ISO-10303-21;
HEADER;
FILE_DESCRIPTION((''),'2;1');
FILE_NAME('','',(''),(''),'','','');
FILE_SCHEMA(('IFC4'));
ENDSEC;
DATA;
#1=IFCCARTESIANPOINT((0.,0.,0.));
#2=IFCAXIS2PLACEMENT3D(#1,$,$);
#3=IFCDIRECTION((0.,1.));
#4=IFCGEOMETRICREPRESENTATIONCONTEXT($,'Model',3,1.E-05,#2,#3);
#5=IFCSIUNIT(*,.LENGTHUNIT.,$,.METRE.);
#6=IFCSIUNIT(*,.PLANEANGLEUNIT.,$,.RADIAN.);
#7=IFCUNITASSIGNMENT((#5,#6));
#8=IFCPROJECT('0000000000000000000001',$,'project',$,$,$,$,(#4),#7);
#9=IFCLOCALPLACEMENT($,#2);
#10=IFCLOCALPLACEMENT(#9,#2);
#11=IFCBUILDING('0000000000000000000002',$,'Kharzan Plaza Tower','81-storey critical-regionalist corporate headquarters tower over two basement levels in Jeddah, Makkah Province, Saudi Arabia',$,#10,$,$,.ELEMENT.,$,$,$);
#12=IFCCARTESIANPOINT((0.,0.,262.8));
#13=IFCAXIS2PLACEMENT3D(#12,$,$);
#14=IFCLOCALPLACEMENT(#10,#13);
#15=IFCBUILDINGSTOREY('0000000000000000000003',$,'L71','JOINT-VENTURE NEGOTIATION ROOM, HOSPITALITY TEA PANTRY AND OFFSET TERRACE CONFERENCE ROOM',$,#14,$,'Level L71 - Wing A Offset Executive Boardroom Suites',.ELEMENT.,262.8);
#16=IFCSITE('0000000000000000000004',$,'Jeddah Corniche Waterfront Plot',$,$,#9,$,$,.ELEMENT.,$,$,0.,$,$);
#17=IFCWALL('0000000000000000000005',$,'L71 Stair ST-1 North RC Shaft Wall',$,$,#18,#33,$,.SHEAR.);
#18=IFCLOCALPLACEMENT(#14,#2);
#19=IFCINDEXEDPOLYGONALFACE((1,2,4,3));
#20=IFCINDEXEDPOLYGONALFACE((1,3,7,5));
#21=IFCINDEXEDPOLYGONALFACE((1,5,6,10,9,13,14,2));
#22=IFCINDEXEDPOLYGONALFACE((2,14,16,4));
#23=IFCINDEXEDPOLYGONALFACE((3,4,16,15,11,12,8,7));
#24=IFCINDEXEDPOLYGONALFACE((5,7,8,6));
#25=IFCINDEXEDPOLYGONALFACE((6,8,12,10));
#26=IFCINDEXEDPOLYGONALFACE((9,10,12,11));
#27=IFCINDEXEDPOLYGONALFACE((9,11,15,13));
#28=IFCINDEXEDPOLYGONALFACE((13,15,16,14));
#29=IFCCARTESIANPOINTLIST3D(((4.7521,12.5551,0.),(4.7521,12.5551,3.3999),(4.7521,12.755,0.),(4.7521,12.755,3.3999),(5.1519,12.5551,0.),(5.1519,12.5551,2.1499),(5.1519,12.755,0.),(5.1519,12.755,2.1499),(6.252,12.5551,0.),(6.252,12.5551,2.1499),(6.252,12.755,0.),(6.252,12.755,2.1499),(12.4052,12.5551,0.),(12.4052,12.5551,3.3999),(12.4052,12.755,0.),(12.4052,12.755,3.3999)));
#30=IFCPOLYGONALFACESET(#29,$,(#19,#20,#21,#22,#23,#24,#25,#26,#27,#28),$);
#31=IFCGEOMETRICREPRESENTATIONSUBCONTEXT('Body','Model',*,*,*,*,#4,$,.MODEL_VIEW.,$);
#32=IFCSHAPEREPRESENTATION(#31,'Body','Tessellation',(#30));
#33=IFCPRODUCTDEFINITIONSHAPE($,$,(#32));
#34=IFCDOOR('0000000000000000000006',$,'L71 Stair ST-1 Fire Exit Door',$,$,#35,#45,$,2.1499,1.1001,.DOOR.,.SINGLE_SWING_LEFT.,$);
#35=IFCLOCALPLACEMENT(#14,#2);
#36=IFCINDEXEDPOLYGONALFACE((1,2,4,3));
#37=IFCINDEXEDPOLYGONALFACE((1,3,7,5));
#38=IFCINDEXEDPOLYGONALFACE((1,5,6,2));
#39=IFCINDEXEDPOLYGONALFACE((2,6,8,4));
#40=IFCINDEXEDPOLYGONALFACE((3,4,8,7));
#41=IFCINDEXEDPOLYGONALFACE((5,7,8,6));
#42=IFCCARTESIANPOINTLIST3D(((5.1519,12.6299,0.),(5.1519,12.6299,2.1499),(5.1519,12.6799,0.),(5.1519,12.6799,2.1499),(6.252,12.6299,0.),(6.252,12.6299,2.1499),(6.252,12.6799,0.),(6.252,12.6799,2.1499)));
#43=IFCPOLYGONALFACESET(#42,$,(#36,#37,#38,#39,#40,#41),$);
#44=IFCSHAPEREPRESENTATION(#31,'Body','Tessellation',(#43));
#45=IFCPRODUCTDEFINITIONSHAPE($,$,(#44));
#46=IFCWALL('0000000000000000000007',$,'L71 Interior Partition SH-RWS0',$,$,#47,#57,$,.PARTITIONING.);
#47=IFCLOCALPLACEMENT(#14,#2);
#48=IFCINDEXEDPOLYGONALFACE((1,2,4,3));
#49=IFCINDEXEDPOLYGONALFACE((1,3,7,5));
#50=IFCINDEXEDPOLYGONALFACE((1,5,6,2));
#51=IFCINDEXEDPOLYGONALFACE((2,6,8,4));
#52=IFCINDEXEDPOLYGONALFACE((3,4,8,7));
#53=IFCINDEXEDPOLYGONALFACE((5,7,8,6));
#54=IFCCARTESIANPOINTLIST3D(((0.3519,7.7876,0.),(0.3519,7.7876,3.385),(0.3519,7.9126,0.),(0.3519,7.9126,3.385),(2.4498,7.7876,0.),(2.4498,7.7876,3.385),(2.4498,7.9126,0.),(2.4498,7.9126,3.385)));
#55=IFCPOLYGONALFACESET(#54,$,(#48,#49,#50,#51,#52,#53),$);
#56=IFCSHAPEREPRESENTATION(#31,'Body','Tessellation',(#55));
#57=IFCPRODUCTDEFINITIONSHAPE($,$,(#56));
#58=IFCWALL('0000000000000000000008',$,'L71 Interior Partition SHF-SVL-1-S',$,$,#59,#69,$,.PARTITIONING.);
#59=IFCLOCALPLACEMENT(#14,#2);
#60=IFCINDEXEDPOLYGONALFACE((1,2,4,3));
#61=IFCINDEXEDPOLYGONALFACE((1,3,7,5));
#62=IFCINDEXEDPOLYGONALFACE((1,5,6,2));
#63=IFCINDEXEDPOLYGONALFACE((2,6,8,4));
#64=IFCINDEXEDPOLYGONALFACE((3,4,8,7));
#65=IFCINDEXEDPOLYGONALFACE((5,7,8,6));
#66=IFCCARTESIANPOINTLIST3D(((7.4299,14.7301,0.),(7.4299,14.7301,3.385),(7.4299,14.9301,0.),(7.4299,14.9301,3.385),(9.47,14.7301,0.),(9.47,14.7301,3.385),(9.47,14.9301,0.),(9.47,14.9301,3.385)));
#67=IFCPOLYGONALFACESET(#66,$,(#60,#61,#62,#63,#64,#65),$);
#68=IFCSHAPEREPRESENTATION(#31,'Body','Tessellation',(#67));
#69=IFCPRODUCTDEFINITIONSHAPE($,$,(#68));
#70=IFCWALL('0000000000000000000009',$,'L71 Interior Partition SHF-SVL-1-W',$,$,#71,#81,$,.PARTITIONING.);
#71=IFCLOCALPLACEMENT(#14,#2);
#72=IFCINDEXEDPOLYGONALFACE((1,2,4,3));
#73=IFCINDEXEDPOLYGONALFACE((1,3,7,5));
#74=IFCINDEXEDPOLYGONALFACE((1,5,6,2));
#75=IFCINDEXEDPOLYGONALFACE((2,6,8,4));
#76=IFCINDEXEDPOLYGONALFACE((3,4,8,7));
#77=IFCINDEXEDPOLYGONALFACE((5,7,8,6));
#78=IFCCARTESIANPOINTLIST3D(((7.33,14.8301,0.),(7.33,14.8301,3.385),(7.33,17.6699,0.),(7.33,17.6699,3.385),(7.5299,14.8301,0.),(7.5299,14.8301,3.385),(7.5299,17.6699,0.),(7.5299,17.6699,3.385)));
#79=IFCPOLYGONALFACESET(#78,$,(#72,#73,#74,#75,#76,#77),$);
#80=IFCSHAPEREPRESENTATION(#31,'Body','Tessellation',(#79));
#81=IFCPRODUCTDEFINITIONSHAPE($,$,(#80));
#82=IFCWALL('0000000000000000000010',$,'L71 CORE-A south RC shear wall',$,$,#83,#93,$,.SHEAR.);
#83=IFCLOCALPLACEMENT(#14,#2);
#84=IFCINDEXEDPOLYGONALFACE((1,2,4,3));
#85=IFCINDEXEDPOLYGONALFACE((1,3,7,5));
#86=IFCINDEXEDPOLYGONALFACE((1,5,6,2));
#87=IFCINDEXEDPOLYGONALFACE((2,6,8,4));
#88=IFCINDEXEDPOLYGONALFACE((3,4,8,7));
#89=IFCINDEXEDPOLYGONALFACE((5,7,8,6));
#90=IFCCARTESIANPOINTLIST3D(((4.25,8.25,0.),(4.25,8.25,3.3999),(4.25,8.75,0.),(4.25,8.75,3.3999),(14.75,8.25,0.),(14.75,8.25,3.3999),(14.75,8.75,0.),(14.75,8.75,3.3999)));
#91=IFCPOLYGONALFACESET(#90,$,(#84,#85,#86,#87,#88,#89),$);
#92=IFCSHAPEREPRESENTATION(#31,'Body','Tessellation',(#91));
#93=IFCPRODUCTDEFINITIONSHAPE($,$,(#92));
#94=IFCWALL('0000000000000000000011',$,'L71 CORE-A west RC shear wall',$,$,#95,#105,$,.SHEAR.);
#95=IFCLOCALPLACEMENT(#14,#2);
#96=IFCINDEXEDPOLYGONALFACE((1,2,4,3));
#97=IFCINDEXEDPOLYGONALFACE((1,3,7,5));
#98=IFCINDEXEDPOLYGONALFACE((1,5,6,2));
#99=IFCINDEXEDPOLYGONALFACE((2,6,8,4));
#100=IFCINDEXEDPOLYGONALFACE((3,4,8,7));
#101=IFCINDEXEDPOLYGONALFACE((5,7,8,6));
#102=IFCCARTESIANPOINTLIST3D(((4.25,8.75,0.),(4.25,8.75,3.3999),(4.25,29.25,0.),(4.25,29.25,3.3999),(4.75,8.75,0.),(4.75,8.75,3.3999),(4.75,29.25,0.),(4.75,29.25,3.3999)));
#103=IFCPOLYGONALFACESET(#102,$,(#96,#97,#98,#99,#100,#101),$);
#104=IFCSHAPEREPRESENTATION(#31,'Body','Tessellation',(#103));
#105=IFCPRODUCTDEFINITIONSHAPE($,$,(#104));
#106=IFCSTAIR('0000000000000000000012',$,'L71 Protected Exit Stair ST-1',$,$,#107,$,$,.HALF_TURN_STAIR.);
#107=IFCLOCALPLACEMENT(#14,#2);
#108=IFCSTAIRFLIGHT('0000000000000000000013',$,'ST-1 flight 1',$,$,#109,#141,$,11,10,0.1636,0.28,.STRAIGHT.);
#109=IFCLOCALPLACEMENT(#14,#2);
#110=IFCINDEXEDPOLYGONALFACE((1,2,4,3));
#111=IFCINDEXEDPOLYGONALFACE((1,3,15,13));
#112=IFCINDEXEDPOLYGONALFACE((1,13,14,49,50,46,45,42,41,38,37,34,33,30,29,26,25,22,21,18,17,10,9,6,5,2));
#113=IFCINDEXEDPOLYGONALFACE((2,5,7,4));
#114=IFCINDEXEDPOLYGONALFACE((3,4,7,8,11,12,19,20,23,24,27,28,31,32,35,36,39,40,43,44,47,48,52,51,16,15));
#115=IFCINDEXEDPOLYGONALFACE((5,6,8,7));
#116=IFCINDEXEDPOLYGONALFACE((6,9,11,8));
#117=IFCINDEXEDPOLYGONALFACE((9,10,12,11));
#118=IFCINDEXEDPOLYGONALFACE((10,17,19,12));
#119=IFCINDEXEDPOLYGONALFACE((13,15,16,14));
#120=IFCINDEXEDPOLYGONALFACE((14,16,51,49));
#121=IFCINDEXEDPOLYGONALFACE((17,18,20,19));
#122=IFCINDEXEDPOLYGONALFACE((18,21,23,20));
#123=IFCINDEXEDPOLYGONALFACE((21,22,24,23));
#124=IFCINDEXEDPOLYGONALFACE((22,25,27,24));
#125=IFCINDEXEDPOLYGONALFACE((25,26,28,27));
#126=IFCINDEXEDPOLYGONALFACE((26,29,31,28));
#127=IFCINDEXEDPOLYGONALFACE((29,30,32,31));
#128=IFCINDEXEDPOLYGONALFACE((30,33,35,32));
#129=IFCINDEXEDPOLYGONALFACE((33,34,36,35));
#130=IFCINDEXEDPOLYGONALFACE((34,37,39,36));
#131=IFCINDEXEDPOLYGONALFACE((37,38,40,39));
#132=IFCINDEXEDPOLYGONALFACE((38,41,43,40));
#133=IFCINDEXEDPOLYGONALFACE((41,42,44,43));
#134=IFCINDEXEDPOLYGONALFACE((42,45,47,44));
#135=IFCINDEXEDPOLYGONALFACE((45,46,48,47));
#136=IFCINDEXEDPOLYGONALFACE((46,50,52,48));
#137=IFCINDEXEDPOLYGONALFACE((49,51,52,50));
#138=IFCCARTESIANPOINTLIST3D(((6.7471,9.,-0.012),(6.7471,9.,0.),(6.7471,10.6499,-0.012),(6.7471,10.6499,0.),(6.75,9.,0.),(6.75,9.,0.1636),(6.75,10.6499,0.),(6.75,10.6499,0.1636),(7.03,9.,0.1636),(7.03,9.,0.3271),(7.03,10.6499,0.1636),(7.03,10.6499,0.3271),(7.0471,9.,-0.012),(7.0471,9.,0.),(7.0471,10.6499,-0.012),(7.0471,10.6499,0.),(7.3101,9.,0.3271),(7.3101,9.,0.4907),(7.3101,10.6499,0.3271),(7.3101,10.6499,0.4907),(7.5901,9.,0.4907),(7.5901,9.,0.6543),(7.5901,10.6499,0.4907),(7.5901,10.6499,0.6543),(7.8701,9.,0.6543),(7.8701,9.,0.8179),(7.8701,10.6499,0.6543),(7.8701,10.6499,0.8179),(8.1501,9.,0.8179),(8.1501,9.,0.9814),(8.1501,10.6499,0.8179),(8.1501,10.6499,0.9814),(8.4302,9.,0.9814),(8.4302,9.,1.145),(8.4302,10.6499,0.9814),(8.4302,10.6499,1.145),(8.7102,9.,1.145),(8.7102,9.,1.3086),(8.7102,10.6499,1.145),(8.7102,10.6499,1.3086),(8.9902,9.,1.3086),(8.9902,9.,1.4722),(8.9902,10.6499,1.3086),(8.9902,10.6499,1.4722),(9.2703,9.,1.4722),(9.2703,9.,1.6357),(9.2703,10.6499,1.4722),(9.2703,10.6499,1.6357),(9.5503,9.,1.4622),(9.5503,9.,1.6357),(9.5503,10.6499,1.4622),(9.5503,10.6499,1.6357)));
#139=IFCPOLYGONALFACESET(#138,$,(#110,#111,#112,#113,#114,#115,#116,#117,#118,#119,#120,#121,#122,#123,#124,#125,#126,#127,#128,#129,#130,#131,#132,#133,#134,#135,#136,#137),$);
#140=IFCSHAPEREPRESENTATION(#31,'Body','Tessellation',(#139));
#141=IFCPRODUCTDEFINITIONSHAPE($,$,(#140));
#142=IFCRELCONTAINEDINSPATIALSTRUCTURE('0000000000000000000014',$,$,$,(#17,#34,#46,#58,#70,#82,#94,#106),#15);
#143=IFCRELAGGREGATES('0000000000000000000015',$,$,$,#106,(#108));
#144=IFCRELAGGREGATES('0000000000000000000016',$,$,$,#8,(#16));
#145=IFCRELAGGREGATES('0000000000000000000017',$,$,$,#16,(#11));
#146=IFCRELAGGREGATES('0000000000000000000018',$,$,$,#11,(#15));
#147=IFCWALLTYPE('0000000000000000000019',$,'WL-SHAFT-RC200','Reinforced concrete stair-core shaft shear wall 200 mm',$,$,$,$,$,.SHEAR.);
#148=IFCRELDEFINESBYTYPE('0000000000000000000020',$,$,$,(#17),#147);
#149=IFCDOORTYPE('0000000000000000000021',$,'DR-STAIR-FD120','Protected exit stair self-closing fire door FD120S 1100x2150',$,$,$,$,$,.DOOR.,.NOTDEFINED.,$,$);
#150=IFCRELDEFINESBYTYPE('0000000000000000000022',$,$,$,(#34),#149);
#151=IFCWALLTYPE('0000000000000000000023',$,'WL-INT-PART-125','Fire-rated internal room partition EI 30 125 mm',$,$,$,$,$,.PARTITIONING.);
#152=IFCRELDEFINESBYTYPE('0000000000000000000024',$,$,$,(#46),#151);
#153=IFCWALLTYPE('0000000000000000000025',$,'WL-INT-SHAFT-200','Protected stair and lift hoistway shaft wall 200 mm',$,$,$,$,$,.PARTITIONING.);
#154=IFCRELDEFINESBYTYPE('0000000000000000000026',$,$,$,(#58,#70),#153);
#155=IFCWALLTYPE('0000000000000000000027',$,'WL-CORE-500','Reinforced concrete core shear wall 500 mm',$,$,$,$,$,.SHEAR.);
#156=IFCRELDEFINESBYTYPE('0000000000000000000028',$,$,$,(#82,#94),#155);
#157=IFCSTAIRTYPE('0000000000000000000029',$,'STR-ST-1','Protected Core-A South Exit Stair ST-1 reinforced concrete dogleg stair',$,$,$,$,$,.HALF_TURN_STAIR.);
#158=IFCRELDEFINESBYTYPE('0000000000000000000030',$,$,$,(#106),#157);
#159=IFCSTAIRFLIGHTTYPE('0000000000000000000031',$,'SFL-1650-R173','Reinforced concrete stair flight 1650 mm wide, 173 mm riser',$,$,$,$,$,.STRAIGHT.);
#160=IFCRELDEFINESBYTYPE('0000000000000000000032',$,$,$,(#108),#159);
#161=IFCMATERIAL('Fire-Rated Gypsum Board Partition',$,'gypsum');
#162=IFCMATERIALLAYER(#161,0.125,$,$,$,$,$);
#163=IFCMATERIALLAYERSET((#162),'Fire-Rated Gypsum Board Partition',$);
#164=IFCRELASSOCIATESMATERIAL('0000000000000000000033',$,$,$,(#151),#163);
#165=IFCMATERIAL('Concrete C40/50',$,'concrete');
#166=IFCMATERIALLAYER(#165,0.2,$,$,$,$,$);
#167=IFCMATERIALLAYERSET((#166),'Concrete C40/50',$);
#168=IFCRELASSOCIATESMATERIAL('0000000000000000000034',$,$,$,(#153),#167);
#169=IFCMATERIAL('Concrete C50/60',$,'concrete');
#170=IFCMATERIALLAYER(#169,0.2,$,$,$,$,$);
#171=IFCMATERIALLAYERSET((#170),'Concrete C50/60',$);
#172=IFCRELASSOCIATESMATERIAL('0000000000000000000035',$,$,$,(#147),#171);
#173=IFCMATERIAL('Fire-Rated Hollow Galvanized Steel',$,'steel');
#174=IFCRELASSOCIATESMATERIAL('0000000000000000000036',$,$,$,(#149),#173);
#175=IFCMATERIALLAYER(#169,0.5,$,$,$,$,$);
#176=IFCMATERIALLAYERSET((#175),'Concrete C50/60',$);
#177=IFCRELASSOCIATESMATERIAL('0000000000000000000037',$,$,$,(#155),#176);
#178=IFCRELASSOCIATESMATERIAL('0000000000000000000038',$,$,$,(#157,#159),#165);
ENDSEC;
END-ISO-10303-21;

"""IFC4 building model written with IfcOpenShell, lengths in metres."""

from ifc_helpers import new_model, si_unit, direction, frame, frame_2d, origin, place, context, subcontext, project, spatial, polyline, rectangle, outline, extrude, source, transform, mapped, material, layer, layer_set, type_object, element, fill, aggregate, save


model = new_model("IFC4")

# Units and contexts
model_context = context("Model", 3, precision=1e-05, world=origin(), true_north=direction((0.0, 1.0)))
body_context = subcontext(model_context, "Body", "Model", "MODEL_VIEW")
ifc_project = project(units=[si_unit("LENGTHUNIT", "METRE"), si_unit("PLANEANGLEUNIT", "RADIAN")], contexts=[model_context])

# Site, building, storey
site_placement = place(None, origin())
site = spatial("IfcSite", under=ifc_project, at=site_placement, Name="Jeddah Corniche Waterfront Plot", CompositionType="ELEMENT", RefElevation=0.0)
building_placement = place(site_placement, origin())
building = spatial("IfcBuilding", under=site, at=building_placement, Name="Kharzan Plaza Tower", Description="81-storey critical-regionalist corporate headquarters tower over two basement levels in Jeddah, Makkah Province, Saudi Arabia", CompositionType="ELEMENT")
storey_placement = place(building_placement, frame((0.0, 0.0, 262.8)))
storey = spatial("IfcBuildingStorey", under=building, at=storey_placement, Name="L71", Description="JOINT-VENTURE NEGOTIATION ROOM, HOSPITALITY TEA PANTRY AND OFFSET TERRACE CONFERENCE ROOM", LongName="Level L71 - Wing A Offset Executive Boardroom Suites", CompositionType="ELEMENT", Elevation=262.8)

# Shared definitions
ifc_material_1 = material(Name="Concrete C50/60", Category="concrete")

# Shared definitions
ifc_material_2 = material(Name="Concrete C40/50", Category="concrete")

# Wall, opening, door
ifc_material_3 = material(Name="Fire-Rated Gypsum Board Partition", Category="gypsum")
ifc_layer_1 = layer(ifc_material_3, 0.125)
ifc_layer_set_1 = layer_set([ifc_layer_1], Name="Fire-Rated Gypsum Board Partition")
wall_type_1 = type_object("IfcWallType", Name="WL-INT-PART-125", Description="Fire-rated internal room partition EI 30 125 mm", PredefinedType="PARTITIONING", material=ifc_layer_set_1)
ifc_layer_2 = layer(ifc_material_2, 0.2)
ifc_layer_set_2 = layer_set([ifc_layer_2], Name="Concrete C40/50")
wall_type_2 = type_object("IfcWallType", Name="WL-INT-SHAFT-200", Description="Protected stair and lift hoistway shaft wall 200 mm", PredefinedType="PARTITIONING", material=ifc_layer_set_2)
ifc_layer_3 = layer(ifc_material_1, 0.2)
ifc_layer_set_3 = layer_set([ifc_layer_3], Name="Concrete C50/60")
wall_type_3 = type_object("IfcWallType", Name="WL-SHAFT-RC200", Description="Reinforced concrete stair-core shaft shear wall 200 mm", PredefinedType="SHEAR", material=ifc_layer_set_3)
wall_1_placement = place(storey_placement, frame((4.752, 12.655, 0.0), z_axis=(0.0, 0.0, 1.0), x_axis=(1.0, 0.0, 0.0)))
wall_1 = element("IfcWall", 1, at=wall_1_placement, inside=storey, type_object=wall_type_3, Name="L71 Stair ST-1 North RC Shaft Wall", PredefinedType="SHEAR", context=body_context, shape_type="SweptSolid", body=[
    extrude(rectangle(XDim=7.6531, YDim=0.2, at=frame_2d((3.8267, 0.0))), origin(), (0.0, 0.0, 1.0), 3.3999),
])
opening_1_placement = place(wall_1_placement, frame((0.3999, 0.0, 0.0)))
opening_1 = element("IfcOpeningElement", 2, at=opening_1_placement, cuts=wall_1, PredefinedType="OPENING", context=body_context, shape_type="SweptSolid", body=[
    extrude(rectangle(XDim=1.1001, YDim=2.1499, at=frame_2d((0.55, 1.075))), frame((0.0, 0.1099, 0.0), z_axis=(0.0, -1.0, 0.0), x_axis=(1.0, 0.0, 0.0)), (0.0, 0.0, 1.0), 0.22),
])
ifc_material_4 = material(Name="Fire-Rated Hollow Galvanized Steel", Category="steel")
door_type_1 = type_object("IfcDoorType", Name="DR-STAIR-FD120", Description="Protected exit stair self-closing fire door FD120S 1100x2150", OperationType="NOTDEFINED", PredefinedType="DOOR", material=ifc_material_4)
shared_shape_1 = source(origin(), body_context, "Body", "SweptSolid", [
    extrude(rectangle(XDim=1.1001, YDim=2.1499, at=frame_2d((0.55, 1.075))), frame((0.0, 0.0249, 0.0), z_axis=(0.0, -1.0, 0.0), x_axis=(1.0, 0.0, 0.0)), (0.0, 0.0, 1.0), 0.05),
])
door_1_placement = place(opening_1_placement, origin())
door_1 = element("IfcDoor", 3, at=door_1_placement, inside=storey, type_object=door_type_1, Name="L71 Stair ST-1 Fire Exit Door", OperationType="SINGLE_SWING_LEFT", OverallHeight=2.1499, OverallWidth=1.1001, PredefinedType="DOOR", context=body_context, shape_type="MappedRepresentation", body=[
    mapped(shared_shape_1, transform((0.0, 0.0, 0.0), x_axis=(1.0, 0.0, 0.0), y_axis=(0.0, 1.0, 0.0), z_axis=(0.0, 0.0, 1.0))),
])
fill(opening_1, door_1)

# Walls
shared_shape_2 = source(origin(), body_context, "Body", "SweptSolid", [
    extrude(rectangle(XDim=2.0979, YDim=0.125, at=frame_2d((1.0488, 0.0))), origin(), (0.0, 0.0, 1.0), 3.385),
])
wall_2_placement = place(storey_placement, frame((0.3521, 7.8501, 0.0), z_axis=(0.0, 0.0, 1.0), x_axis=(1.0, 0.0, 0.0)))
element("IfcWall", 4, at=wall_2_placement, inside=storey, type_object=wall_type_1, Name="L71 Interior Partition SH-RWS0", PredefinedType="PARTITIONING", context=body_context, shape_type="MappedRepresentation", body=[
    mapped(shared_shape_2, transform((0.0, 0.0, 0.0), x_axis=(1.0, 0.0, 0.0), y_axis=(0.0, 1.0, 0.0), z_axis=(0.0, 0.0, 1.0))),
])
shared_shape_3 = source(origin(), body_context, "Body", "SweptSolid", [
    extrude(rectangle(XDim=2.04, YDim=0.2, at=frame_2d((1.02, 0.0))), origin(), (0.0, 0.0, 1.0), 3.385),
])
wall_3_placement = place(storey_placement, frame((7.4299, 14.8301, 0.0), z_axis=(0.0, 0.0, 1.0), x_axis=(1.0, 0.0, 0.0)))
element("IfcWall", 5, at=wall_3_placement, inside=storey, type_object=wall_type_2, Name="L71 Interior Partition SHF-SVL-1-S", PredefinedType="PARTITIONING", context=body_context, shape_type="MappedRepresentation", body=[
    mapped(shared_shape_3, transform((0.0, 0.0, 0.0), x_axis=(1.0, 0.0, 0.0), y_axis=(0.0, 1.0, 0.0), z_axis=(0.0, 0.0, 1.0))),
])
shared_shape_4 = source(origin(), body_context, "Body", "SweptSolid", [
    extrude(rectangle(XDim=2.8398, YDim=0.2, at=frame_2d((1.4199, 0.0))), origin(), (0.0, 0.0, 1.0), 3.385),
])
wall_4_placement = place(storey_placement, frame((7.4299, 14.8301, 0.0), z_axis=(0.0, 0.0, 1.0), x_axis=(0.0, 1.0, 0.0)))
element("IfcWall", 6, at=wall_4_placement, inside=storey, type_object=wall_type_2, Name="L71 Interior Partition SHF-SVL-1-W", PredefinedType="PARTITIONING", context=body_context, shape_type="MappedRepresentation", body=[
    mapped(shared_shape_4, transform((0.0, 0.0, 0.0), x_axis=(1.0, 0.0, 0.0), y_axis=(0.0, 1.0, 0.0), z_axis=(0.0, 0.0, 1.0))),
])
ifc_layer_4 = layer(ifc_material_1, 0.5)
ifc_layer_set_4 = layer_set([ifc_layer_4], Name="Concrete C50/60")
wall_type_4 = type_object("IfcWallType", Name="WL-CORE-500", Description="Reinforced concrete core shear wall 500 mm", PredefinedType="SHEAR", material=ifc_layer_set_4)
shared_shape_5 = source(origin(), body_context, "Body", "SweptSolid", [
    extrude(rectangle(XDim=10.5, YDim=0.5, at=frame_2d((5.25, 0.0))), origin(), (0.0, 0.0, 1.0), 3.3999),
])
wall_5_placement = place(storey_placement, frame((4.25, 8.5, 0.0), z_axis=(0.0, 0.0, 1.0), x_axis=(1.0, 0.0, 0.0)))
element("IfcWall", 7, at=wall_5_placement, inside=storey, type_object=wall_type_4, Name="L71 CORE-A south RC shear wall", PredefinedType="SHEAR", context=body_context, shape_type="MappedRepresentation", body=[
    mapped(shared_shape_5, transform((0.0, 0.0, 0.0), x_axis=(1.0, 0.0, 0.0), y_axis=(0.0, 1.0, 0.0), z_axis=(0.0, 0.0, 1.0))),
])
shared_shape_6 = source(origin(), body_context, "Body", "SweptSolid", [
    extrude(rectangle(XDim=20.5, YDim=0.5, at=frame_2d((10.25, 0.0))), origin(), (0.0, 0.0, 1.0), 3.3999),
])
wall_6_placement = place(storey_placement, frame((4.5, 8.75, 0.0), z_axis=(0.0, 0.0, 1.0), x_axis=(0.0, 1.0, 0.0)))
element("IfcWall", 8, at=wall_6_placement, inside=storey, type_object=wall_type_4, Name="L71 CORE-A west RC shear wall", PredefinedType="SHEAR", context=body_context, shape_type="MappedRepresentation", body=[
    mapped(shared_shape_6, transform((0.0, 0.0, 0.0), x_axis=(1.0, 0.0, 0.0), y_axis=(0.0, 1.0, 0.0), z_axis=(0.0, 0.0, 1.0))),
])

# Stair, stair flight
stair_type = type_object("IfcStairType", Name="STR-ST-1", Description="Protected Core-A South Exit Stair ST-1 reinforced concrete dogleg stair", PredefinedType="HALF_TURN_STAIR", material=ifc_material_2)
stair_placement = place(storey_placement, origin())
stair = element("IfcStair", 9, at=stair_placement, inside=storey, type_object=stair_type, Name="L71 Protected Exit Stair ST-1", PredefinedType="HALF_TURN_STAIR")
stair_flight_type = type_object("IfcStairFlightType", Name="SFL-1650-R173", Description="Reinforced concrete stair flight 1650 mm wide, 173 mm riser", PredefinedType="STRAIGHT", material=ifc_material_2)
shared_shape_7 = source(origin(), body_context, "Body", "SweptSolid", [
    extrude(outline(polyline([(-0.0029, -0.012), (-0.0029, 0.0), (0.0, 0.0), (0.0, 0.1636), (0.28, 0.1636), (0.28, 0.3271), (0.5601, 0.3271), (0.5601, 0.4907), (0.8401, 0.4907), (0.8401, 0.6543), (1.1201, 0.6543), (1.1201, 0.8179), (1.4001, 0.8179), (1.4001, 0.9814), (1.6802, 0.9814), (1.6802, 1.145), (1.9602, 1.145), (1.9602, 1.3086), (2.2402, 1.3086), (2.2402, 1.4722), (2.5203, 1.4722), (2.5203, 1.6357), (2.8003, 1.6357), (2.8003, 1.7993), (2.8003, 1.4622), (0.2971, 0.0), (0.2971, -0.012), (-0.0029, -0.012)])), frame((0.0, 0.825, 0.0), z_axis=(0.0, -1.0, 0.0), x_axis=(1.0, 0.0, 0.0)), (0.0, 0.0, 1.0), 1.6499),
])
stair_flight_1_placement = place(storey_placement, frame((6.75, 9.825, 0.0), z_axis=(0.0, 0.0, 1.0), x_axis=(1.0, 0.0, 0.0)))
stair_flight_1 = element("IfcStairFlight", 10, at=stair_flight_1_placement, type_object=stair_flight_type, Name="ST-1 flight 1", NumberOfRisers=11, NumberOfTreads=10, PredefinedType="STRAIGHT", RiserHeight=0.1636, TreadLength=0.28, context=body_context, shape_type="MappedRepresentation", body=[
    mapped(shared_shape_7, transform((0.0, 0.0, 0.0), x_axis=(1.0, 0.0, 0.0), y_axis=(0.0, 1.0, 0.0), z_axis=(0.0, 0.0, 1.0))),
])
aggregate(stair, [stair_flight_1])

save(model, "model.ifc")
